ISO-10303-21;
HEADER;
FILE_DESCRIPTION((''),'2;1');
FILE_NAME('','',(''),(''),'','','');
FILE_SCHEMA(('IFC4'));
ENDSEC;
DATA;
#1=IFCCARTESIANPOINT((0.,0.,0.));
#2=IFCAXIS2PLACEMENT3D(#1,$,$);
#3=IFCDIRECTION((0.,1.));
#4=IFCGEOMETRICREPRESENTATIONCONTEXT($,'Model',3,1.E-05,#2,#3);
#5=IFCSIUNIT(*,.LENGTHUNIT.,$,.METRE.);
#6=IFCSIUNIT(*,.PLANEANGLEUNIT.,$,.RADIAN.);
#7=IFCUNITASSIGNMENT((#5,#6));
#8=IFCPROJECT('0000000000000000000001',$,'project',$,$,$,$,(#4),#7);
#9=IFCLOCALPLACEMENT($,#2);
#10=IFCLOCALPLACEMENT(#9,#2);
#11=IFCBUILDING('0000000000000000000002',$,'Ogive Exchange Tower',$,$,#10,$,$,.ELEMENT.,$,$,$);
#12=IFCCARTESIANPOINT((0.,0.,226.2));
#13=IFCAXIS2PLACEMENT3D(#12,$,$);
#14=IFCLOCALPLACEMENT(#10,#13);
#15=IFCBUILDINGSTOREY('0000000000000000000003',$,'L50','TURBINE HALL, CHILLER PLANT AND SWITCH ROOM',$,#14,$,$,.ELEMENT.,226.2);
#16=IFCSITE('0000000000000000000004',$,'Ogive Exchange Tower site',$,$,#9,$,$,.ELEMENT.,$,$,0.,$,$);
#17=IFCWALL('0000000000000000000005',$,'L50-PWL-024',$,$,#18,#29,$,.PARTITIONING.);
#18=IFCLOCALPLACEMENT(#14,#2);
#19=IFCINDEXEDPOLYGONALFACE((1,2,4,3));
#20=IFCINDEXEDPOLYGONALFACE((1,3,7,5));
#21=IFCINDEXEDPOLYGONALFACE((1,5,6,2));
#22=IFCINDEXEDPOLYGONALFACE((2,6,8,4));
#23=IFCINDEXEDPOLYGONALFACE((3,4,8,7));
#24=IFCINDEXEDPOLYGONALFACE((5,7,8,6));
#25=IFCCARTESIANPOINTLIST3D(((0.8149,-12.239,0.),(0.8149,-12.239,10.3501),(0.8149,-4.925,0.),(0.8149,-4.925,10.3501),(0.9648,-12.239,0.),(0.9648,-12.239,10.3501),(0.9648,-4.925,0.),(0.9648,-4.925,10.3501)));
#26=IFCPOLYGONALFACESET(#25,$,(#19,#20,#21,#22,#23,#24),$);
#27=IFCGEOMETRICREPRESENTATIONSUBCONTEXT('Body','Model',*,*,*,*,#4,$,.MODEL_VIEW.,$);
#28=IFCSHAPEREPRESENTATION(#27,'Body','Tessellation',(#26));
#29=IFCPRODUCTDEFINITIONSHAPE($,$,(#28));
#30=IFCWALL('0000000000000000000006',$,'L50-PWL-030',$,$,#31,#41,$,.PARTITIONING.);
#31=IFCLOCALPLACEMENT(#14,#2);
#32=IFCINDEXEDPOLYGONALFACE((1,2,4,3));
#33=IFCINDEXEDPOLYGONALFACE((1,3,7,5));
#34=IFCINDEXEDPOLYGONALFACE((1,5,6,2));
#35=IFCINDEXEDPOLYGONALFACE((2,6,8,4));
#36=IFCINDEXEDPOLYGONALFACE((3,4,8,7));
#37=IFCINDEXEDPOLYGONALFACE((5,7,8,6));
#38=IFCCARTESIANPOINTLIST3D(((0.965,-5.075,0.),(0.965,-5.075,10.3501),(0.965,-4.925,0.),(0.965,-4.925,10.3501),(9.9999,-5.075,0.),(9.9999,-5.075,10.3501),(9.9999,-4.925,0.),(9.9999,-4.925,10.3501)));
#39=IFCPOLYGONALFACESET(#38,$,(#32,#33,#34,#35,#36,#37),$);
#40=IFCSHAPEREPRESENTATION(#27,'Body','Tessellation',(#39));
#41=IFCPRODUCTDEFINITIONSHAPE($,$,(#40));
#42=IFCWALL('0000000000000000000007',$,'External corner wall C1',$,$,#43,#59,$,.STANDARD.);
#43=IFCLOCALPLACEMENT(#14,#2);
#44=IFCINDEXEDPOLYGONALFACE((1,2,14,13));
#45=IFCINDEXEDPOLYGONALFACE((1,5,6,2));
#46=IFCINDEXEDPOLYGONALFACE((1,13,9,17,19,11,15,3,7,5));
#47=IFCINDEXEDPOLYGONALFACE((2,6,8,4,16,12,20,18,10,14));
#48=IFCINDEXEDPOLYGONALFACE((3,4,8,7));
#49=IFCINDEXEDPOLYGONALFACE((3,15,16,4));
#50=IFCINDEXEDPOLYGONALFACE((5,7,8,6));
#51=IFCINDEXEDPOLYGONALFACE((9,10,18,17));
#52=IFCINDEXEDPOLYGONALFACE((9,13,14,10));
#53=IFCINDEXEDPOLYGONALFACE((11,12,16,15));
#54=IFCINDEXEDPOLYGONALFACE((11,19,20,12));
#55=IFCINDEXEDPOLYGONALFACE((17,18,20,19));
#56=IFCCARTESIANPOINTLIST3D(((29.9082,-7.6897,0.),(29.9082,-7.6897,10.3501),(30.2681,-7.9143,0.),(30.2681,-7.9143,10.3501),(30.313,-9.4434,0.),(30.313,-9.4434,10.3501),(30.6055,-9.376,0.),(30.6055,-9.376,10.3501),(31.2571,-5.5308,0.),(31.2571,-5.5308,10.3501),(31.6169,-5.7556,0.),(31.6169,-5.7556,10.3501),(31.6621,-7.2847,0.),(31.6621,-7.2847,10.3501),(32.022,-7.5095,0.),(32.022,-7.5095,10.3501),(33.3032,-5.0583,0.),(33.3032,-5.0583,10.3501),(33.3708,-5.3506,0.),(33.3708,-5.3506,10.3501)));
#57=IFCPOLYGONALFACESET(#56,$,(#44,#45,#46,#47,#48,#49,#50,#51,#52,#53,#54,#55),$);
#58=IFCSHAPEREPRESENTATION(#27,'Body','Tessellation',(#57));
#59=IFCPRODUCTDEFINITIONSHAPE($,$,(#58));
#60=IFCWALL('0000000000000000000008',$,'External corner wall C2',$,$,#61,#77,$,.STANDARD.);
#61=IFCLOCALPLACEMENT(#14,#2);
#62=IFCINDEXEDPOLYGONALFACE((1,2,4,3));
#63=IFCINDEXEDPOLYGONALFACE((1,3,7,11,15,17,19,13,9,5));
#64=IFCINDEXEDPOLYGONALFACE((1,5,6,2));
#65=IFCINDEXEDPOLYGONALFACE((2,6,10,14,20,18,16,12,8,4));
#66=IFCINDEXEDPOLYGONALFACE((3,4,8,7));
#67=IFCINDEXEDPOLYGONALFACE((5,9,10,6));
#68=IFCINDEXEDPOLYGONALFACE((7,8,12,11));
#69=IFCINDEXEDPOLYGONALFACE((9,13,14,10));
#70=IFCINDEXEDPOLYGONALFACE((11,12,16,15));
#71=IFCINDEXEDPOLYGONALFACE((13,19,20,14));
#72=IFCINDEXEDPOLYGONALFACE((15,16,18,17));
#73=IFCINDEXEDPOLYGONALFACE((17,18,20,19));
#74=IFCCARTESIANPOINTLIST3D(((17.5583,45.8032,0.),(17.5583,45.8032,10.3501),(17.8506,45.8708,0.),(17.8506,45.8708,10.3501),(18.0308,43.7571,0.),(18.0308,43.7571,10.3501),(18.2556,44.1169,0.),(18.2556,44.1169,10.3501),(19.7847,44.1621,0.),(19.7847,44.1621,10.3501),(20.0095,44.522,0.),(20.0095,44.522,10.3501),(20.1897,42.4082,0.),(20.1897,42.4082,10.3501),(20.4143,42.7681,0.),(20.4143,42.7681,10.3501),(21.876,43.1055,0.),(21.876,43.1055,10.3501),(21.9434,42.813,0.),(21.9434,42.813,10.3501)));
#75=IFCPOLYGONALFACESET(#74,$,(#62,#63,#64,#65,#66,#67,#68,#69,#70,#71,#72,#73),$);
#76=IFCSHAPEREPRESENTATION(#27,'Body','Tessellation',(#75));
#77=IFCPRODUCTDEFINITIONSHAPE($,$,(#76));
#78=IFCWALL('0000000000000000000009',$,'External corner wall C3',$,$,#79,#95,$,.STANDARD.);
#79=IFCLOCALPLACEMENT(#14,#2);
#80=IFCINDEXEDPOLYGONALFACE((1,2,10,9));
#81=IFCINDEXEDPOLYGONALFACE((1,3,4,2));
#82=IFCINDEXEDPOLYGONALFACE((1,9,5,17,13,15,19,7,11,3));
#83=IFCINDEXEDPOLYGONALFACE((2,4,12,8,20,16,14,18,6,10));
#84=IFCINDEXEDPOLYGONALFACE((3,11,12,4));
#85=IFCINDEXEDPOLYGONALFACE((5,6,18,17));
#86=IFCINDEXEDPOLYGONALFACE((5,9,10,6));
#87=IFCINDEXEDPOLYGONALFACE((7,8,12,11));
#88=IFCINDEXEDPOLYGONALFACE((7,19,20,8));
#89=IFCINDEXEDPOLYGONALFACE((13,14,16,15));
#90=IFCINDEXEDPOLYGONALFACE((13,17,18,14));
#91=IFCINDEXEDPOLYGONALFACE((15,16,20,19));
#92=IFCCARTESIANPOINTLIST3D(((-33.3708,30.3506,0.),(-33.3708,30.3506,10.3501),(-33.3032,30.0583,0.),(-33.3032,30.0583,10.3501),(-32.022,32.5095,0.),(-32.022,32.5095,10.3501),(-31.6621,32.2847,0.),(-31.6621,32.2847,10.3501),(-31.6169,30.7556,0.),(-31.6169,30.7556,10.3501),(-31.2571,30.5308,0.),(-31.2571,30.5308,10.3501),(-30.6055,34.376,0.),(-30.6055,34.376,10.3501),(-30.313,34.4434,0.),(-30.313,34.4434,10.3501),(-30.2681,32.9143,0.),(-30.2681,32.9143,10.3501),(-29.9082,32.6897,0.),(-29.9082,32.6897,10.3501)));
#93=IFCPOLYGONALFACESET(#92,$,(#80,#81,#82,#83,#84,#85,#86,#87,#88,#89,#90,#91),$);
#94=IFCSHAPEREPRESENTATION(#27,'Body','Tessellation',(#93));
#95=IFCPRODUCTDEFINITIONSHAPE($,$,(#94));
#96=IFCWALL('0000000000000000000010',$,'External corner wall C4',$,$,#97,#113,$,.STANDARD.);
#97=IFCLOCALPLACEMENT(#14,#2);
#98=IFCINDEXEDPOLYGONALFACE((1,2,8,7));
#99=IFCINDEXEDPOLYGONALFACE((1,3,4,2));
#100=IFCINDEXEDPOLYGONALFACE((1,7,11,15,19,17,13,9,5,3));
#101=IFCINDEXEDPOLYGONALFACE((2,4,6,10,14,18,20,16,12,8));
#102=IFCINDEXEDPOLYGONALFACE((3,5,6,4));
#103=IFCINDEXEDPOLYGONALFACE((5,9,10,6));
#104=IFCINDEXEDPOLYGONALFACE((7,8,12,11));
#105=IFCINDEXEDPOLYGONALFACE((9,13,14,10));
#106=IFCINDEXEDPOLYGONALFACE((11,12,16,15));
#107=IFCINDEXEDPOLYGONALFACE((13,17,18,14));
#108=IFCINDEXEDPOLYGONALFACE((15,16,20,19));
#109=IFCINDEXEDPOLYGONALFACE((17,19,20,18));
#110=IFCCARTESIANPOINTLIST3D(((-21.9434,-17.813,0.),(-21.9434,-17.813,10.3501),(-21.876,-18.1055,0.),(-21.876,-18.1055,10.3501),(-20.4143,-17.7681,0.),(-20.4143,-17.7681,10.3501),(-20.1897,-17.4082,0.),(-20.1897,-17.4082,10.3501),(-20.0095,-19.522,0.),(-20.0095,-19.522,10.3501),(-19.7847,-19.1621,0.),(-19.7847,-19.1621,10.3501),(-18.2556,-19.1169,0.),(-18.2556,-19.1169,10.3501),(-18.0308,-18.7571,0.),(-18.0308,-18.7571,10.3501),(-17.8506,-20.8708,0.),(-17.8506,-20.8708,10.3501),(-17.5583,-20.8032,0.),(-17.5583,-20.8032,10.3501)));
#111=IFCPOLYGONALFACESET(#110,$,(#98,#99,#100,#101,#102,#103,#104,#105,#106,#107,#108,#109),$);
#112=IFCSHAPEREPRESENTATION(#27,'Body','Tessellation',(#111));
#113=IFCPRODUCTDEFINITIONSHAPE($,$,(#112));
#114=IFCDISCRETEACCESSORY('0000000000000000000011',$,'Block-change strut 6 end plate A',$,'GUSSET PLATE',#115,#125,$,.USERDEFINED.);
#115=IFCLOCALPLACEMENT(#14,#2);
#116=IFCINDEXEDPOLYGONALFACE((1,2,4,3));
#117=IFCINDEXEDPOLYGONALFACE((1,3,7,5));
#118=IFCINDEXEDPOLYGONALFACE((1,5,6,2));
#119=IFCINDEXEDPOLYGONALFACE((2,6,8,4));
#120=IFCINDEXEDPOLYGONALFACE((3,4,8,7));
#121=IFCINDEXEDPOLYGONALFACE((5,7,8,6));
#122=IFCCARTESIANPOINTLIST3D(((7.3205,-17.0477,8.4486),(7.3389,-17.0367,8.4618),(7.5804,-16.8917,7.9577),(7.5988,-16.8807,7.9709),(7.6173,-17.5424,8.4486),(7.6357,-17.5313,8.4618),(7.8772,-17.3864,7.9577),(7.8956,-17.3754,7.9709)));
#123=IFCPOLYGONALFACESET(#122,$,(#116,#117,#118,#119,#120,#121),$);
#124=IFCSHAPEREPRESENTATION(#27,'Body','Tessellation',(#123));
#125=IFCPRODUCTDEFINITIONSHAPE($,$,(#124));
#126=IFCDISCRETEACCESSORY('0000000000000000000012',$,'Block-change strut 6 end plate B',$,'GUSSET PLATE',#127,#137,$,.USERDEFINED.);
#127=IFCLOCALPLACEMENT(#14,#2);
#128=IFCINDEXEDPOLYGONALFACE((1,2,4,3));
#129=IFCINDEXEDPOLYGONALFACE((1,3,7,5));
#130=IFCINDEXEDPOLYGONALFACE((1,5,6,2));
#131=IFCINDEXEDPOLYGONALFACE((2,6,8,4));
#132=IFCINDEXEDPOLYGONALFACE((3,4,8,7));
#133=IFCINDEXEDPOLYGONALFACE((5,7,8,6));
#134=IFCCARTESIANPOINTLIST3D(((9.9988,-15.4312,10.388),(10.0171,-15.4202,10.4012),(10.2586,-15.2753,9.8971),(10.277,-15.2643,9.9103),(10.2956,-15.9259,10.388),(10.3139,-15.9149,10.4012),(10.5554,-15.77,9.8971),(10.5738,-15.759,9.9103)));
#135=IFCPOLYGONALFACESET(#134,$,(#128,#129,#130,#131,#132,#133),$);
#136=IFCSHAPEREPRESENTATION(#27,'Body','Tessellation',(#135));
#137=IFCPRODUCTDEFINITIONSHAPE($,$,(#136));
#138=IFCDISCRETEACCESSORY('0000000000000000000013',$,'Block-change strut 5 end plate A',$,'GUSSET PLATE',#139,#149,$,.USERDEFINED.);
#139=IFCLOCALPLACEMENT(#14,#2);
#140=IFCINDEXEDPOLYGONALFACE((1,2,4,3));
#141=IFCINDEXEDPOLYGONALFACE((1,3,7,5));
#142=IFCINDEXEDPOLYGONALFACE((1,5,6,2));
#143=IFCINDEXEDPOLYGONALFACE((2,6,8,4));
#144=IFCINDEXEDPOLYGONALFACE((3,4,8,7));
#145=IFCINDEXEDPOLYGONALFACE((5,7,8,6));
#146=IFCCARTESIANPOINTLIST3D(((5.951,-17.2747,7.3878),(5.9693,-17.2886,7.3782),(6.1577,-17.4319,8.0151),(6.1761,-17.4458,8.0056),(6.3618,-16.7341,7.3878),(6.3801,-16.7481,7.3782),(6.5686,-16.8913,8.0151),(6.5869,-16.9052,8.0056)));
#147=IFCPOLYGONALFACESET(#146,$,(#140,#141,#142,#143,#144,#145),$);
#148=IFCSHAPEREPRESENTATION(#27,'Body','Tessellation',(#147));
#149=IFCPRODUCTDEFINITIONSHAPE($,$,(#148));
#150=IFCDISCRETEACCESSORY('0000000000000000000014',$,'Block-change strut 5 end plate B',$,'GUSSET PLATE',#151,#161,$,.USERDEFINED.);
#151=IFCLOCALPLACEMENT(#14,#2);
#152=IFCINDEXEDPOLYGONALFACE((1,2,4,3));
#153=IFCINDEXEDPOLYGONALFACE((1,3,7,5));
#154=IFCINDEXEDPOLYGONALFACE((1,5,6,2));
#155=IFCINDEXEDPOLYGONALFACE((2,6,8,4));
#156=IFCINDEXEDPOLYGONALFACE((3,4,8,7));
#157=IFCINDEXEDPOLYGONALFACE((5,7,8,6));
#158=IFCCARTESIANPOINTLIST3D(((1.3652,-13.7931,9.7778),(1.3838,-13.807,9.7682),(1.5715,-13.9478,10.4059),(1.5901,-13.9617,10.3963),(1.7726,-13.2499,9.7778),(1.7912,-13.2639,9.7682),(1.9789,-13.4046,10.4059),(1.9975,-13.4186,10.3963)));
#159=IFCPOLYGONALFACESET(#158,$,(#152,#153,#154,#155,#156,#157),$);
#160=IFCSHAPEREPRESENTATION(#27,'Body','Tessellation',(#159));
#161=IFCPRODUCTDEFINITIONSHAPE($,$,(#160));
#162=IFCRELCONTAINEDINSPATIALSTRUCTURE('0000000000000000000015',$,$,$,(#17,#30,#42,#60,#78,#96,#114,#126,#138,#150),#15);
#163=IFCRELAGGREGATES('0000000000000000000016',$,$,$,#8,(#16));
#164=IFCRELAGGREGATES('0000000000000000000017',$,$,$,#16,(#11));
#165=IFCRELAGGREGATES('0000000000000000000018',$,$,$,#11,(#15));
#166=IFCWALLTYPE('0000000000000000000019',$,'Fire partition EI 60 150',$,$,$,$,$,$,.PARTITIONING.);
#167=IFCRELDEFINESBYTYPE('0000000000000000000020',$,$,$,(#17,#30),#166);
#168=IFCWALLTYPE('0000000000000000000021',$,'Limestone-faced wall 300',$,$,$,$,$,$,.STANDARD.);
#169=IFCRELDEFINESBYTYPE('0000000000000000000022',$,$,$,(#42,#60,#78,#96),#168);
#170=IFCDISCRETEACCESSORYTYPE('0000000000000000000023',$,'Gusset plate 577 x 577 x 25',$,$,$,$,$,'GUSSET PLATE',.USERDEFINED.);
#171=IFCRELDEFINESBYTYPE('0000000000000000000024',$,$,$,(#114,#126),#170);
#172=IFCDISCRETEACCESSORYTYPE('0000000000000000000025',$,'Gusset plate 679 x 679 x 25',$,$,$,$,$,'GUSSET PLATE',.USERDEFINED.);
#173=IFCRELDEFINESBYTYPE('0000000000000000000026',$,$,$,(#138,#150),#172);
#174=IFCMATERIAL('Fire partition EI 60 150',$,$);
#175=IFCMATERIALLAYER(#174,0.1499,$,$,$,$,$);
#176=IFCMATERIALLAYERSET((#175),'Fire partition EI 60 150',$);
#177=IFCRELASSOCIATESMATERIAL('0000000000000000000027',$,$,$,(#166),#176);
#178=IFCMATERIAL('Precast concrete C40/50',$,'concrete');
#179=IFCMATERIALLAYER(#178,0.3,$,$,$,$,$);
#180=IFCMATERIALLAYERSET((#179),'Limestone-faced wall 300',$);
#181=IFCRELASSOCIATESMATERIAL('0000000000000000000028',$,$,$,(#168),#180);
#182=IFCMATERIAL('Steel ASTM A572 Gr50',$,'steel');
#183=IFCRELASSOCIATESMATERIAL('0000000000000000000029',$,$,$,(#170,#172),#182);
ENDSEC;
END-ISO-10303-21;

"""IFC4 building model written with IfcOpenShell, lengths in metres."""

from ifc_helpers import new_model, si_unit, direction, frame, frame_2d, origin, origin_2d, place, context, subcontext, project, spatial, polyline, rectangle, outline, extrude, material, layer, layer_set, material_profile, profile_set, type_object, element, save


model = new_model("IFC4")

# Units and contexts
model_context = context("Model", 3, precision=1e-05, world=origin(), true_north=direction((0.0, 1.0)))
body_context = subcontext(model_context, "Body", "Model", "MODEL_VIEW")
ifc_project = project(units=[si_unit("LENGTHUNIT", "METRE"), si_unit("PLANEANGLEUNIT", "RADIAN")], contexts=[model_context])

# Site, building, storey
site_placement = place(None, origin())
site = spatial("IfcSite", under=ifc_project, at=site_placement, Name="Ogive Exchange Tower site", CompositionType="ELEMENT", RefElevation=0.0)
building_placement = place(site_placement, origin())
building = spatial("IfcBuilding", under=site, at=building_placement, Name="Ogive Exchange Tower", CompositionType="ELEMENT")
storey_placement = place(building_placement, frame((0.0, 0.0, 226.2)))
storey = spatial("IfcBuildingStorey", under=building, at=storey_placement, Name="L50", Description="TURBINE HALL, CHILLER PLANT AND SWITCH ROOM", CompositionType="ELEMENT", Elevation=226.2)

# Walls
ifc_material_1 = material(Name="Fire partition EI 60 150")
ifc_layer_1 = layer(ifc_material_1, 0.1499)
ifc_layer_set_1 = layer_set([ifc_layer_1], Name="Fire partition EI 60 150")
wall_type_1 = type_object("IfcWallType", Name="Fire partition EI 60 150", PredefinedType="PARTITIONING", material=ifc_layer_set_1)
wall_1_placement = place(storey_placement, frame((0.8899, -4.925, 0.0), z_axis=(0.0, 0.0, 1.0), x_axis=(0.0, -1.0, 0.0)))
element("IfcWall", 1, at=wall_1_placement, inside=storey, type_object=wall_type_1, Name="L50-PWL-024", PredefinedType="PARTITIONING", context=body_context, shape_type="SweptSolid", body=[
    extrude(rectangle(XDim=7.314, YDim=0.1499, at=frame_2d((3.657, 0.0))), origin(), (0.0, 0.0, 1.0), 10.3501),
])
wall_2_placement = place(storey_placement, frame((10.0, -5.0, 0.0), z_axis=(0.0, 0.0, 1.0), x_axis=(-1.0, 0.0, 0.0)))
element("IfcWall", 2, at=wall_2_placement, inside=storey, type_object=wall_type_1, Name="L50-PWL-030", PredefinedType="PARTITIONING", context=body_context, shape_type="SweptSolid", body=[
    extrude(rectangle(XDim=9.0349, YDim=0.1499, at=frame_2d((4.5176, 0.0))), origin(), (0.0, 0.0, 1.0), 10.3501),
])
ifc_material_2 = material(Name="Precast concrete C40/50", Category="concrete")
ifc_layer_2 = layer(ifc_material_2, 0.3)
ifc_layer_set_2 = layer_set([ifc_layer_2], Name="Limestone-faced wall 300")
wall_type_2 = type_object("IfcWallType", Name="Limestone-faced wall 300", PredefinedType="STANDARD", material=ifc_layer_set_2)
wall_3_placement = place(storey_placement, origin())
element("IfcWall", 3, at=wall_3_placement, inside=storey, type_object=wall_type_2, Name="External corner wall C1", PredefinedType="STANDARD", context=body_context, shape_type="SweptSolid", body=[
    extrude(outline(polyline([(31.6621, -7.2847), (31.2571, -5.5308), (33.3032, -5.0583), (33.3708, -5.3506), (31.6169, -5.7556), (32.022, -7.5095), (30.2681, -7.9143), (30.6055, -9.376), (30.313, -9.4434), (29.9082, -7.6897), (31.6621, -7.2847)])), origin(), (0.0, 0.0, 1.0), 10.3501),
])
wall_4_placement = place(storey_placement, origin())
element("IfcWall", 4, at=wall_4_placement, inside=storey, type_object=wall_type_2, Name="External corner wall C2", PredefinedType="STANDARD", context=body_context, shape_type="SweptSolid", body=[
    extrude(outline(polyline([(19.7847, 44.1621), (18.0308, 43.7571), (17.5583, 45.8032), (17.8506, 45.8708), (18.2556, 44.1169), (20.0095, 44.522), (20.4143, 42.7681), (21.876, 43.1055), (21.9434, 42.813), (20.1897, 42.4082), (19.7847, 44.1621)])), origin(), (0.0, 0.0, 1.0), 10.3501),
])
wall_5_placement = place(storey_placement, origin())
element("IfcWall", 5, at=wall_5_placement, inside=storey, type_object=wall_type_2, Name="External corner wall C3", PredefinedType="STANDARD", context=body_context, shape_type="SweptSolid", body=[
    extrude(outline(polyline([(-31.6169, 30.7556), (-32.022, 32.5095), (-30.2681, 32.9143), (-30.6055, 34.376), (-30.313, 34.4434), (-29.9082, 32.6897), (-31.6621, 32.2847), (-31.2571, 30.5308), (-33.3032, 30.0583), (-33.3708, 30.3506), (-31.6169, 30.7556)])), origin(), (0.0, 0.0, 1.0), 10.3501),
])
wall_6_placement = place(storey_placement, origin())
element("IfcWall", 6, at=wall_6_placement, inside=storey, type_object=wall_type_2, Name="External corner wall C4", PredefinedType="STANDARD", context=body_context, shape_type="SweptSolid", body=[
    extrude(outline(polyline([(-18.2556, -19.1169), (-20.0095, -19.522), (-20.4143, -17.7681), (-21.876, -18.1055), (-21.9434, -17.813), (-20.1897, -17.4082), (-19.7847, -19.1621), (-18.0308, -18.7571), (-17.5583, -20.8032), (-17.8506, -20.8708), (-18.2556, -19.1169)])), origin(), (0.0, 0.0, 1.0), 10.3501),
])

# Discrete accessories
ifc_material_3 = material(Name="Steel ASTM A572 Gr50", Category="steel")
ifc_material_profile_1 = material_profile(ifc_material_3, rectangle(XDim=0.5769, YDim=0.5769, at=origin_2d()), Name="PL 577 x 577 x 25")
ifc_profile_set_1 = profile_set([ifc_material_profile_1], Name="Steel ASTM A572 Gr50")
discrete_accessory_type_1 = type_object("IfcDiscreteAccessoryType", Name="Gusset plate 577 x 577 x 25", ElementType="GUSSET PLATE", PredefinedType="USERDEFINED", material=ifc_profile_set_1)
for number, where, z_axis, x_axis, name in (
    (7, (7.5989, -17.217, 8.2031), (0.729636, 0.437781, 0.525338), (-0.514496, 0.857493, 0.0), "Block-change strut 6 end plate A"),
    (8, (10.2771, -15.6006, 10.1426), (0.729636, 0.437781, 0.525338), (-0.514496, 0.857493, 0.0), "Block-change strut 6 end plate B"),
):
    element("IfcDiscreteAccessory", number, at=place(storey_placement, frame(where, z_axis=z_axis, x_axis=x_axis)), inside=storey, type_object=discrete_accessory_type_1, Name=name, ObjectType="GUSSET PLATE", PredefinedType="USERDEFINED", context=body_context, shape_type="SweptSolid", body=[
        extrude(rectangle(XDim=0.5769, YDim=0.5769, at=origin_2d()), origin(), (0.0, 0.0, 1.0), 0.0251),
    ])
ifc_material_profile_2 = material_profile(ifc_material_3, rectangle(XDim=0.679, YDim=0.679, at=origin_2d()), Name="PL 679 x 679 x 25")
ifc_profile_set_2 = profile_set([ifc_material_profile_2], Name="Steel ASTM A572 Gr50")
discrete_accessory_type_2 = type_object("IfcDiscreteAccessoryType", Name="Gusset plate 679 x 679 x 25", ElementType="GUSSET PLATE", PredefinedType="USERDEFINED", material=ifc_profile_set_2)
discrete_accessory_1_placement = place(storey_placement, frame((6.2781, -17.0969, 7.6919), z_axis=(-0.735612, 0.559065, 0.382518), x_axis=(-0.605083, -0.796162, 0.0)))
element("IfcDiscreteAccessory", 9, at=discrete_accessory_1_placement, inside=storey, type_object=discrete_accessory_type_2, Name="Block-change strut 5 end plate A", ObjectType="GUSSET PLATE", PredefinedType="USERDEFINED", context=body_context, shape_type="SweptSolid", body=[
    extrude(rectangle(XDim=0.679, YDim=0.679, at=origin_2d()), origin(), (0.0, 0.0, 1.0), 0.0249),
])
discrete_accessory_2_placement = place(storey_placement, frame((1.6907, -13.6128, 10.0823), z_axis=(-0.740065, 0.555049, 0.37977), x_axis=(-0.6, -0.8, 0.0)))
element("IfcDiscreteAccessory", 10, at=discrete_accessory_2_placement, inside=storey, type_object=discrete_accessory_type_2, Name="Block-change strut 5 end plate B", ObjectType="GUSSET PLATE", PredefinedType="USERDEFINED", context=body_context, shape_type="SweptSolid", body=[
    extrude(rectangle(XDim=0.679, YDim=0.679, at=origin_2d()), origin(), (0.0, 0.0, 1.0), 0.0251),
])

save(model, "model.ifc")
